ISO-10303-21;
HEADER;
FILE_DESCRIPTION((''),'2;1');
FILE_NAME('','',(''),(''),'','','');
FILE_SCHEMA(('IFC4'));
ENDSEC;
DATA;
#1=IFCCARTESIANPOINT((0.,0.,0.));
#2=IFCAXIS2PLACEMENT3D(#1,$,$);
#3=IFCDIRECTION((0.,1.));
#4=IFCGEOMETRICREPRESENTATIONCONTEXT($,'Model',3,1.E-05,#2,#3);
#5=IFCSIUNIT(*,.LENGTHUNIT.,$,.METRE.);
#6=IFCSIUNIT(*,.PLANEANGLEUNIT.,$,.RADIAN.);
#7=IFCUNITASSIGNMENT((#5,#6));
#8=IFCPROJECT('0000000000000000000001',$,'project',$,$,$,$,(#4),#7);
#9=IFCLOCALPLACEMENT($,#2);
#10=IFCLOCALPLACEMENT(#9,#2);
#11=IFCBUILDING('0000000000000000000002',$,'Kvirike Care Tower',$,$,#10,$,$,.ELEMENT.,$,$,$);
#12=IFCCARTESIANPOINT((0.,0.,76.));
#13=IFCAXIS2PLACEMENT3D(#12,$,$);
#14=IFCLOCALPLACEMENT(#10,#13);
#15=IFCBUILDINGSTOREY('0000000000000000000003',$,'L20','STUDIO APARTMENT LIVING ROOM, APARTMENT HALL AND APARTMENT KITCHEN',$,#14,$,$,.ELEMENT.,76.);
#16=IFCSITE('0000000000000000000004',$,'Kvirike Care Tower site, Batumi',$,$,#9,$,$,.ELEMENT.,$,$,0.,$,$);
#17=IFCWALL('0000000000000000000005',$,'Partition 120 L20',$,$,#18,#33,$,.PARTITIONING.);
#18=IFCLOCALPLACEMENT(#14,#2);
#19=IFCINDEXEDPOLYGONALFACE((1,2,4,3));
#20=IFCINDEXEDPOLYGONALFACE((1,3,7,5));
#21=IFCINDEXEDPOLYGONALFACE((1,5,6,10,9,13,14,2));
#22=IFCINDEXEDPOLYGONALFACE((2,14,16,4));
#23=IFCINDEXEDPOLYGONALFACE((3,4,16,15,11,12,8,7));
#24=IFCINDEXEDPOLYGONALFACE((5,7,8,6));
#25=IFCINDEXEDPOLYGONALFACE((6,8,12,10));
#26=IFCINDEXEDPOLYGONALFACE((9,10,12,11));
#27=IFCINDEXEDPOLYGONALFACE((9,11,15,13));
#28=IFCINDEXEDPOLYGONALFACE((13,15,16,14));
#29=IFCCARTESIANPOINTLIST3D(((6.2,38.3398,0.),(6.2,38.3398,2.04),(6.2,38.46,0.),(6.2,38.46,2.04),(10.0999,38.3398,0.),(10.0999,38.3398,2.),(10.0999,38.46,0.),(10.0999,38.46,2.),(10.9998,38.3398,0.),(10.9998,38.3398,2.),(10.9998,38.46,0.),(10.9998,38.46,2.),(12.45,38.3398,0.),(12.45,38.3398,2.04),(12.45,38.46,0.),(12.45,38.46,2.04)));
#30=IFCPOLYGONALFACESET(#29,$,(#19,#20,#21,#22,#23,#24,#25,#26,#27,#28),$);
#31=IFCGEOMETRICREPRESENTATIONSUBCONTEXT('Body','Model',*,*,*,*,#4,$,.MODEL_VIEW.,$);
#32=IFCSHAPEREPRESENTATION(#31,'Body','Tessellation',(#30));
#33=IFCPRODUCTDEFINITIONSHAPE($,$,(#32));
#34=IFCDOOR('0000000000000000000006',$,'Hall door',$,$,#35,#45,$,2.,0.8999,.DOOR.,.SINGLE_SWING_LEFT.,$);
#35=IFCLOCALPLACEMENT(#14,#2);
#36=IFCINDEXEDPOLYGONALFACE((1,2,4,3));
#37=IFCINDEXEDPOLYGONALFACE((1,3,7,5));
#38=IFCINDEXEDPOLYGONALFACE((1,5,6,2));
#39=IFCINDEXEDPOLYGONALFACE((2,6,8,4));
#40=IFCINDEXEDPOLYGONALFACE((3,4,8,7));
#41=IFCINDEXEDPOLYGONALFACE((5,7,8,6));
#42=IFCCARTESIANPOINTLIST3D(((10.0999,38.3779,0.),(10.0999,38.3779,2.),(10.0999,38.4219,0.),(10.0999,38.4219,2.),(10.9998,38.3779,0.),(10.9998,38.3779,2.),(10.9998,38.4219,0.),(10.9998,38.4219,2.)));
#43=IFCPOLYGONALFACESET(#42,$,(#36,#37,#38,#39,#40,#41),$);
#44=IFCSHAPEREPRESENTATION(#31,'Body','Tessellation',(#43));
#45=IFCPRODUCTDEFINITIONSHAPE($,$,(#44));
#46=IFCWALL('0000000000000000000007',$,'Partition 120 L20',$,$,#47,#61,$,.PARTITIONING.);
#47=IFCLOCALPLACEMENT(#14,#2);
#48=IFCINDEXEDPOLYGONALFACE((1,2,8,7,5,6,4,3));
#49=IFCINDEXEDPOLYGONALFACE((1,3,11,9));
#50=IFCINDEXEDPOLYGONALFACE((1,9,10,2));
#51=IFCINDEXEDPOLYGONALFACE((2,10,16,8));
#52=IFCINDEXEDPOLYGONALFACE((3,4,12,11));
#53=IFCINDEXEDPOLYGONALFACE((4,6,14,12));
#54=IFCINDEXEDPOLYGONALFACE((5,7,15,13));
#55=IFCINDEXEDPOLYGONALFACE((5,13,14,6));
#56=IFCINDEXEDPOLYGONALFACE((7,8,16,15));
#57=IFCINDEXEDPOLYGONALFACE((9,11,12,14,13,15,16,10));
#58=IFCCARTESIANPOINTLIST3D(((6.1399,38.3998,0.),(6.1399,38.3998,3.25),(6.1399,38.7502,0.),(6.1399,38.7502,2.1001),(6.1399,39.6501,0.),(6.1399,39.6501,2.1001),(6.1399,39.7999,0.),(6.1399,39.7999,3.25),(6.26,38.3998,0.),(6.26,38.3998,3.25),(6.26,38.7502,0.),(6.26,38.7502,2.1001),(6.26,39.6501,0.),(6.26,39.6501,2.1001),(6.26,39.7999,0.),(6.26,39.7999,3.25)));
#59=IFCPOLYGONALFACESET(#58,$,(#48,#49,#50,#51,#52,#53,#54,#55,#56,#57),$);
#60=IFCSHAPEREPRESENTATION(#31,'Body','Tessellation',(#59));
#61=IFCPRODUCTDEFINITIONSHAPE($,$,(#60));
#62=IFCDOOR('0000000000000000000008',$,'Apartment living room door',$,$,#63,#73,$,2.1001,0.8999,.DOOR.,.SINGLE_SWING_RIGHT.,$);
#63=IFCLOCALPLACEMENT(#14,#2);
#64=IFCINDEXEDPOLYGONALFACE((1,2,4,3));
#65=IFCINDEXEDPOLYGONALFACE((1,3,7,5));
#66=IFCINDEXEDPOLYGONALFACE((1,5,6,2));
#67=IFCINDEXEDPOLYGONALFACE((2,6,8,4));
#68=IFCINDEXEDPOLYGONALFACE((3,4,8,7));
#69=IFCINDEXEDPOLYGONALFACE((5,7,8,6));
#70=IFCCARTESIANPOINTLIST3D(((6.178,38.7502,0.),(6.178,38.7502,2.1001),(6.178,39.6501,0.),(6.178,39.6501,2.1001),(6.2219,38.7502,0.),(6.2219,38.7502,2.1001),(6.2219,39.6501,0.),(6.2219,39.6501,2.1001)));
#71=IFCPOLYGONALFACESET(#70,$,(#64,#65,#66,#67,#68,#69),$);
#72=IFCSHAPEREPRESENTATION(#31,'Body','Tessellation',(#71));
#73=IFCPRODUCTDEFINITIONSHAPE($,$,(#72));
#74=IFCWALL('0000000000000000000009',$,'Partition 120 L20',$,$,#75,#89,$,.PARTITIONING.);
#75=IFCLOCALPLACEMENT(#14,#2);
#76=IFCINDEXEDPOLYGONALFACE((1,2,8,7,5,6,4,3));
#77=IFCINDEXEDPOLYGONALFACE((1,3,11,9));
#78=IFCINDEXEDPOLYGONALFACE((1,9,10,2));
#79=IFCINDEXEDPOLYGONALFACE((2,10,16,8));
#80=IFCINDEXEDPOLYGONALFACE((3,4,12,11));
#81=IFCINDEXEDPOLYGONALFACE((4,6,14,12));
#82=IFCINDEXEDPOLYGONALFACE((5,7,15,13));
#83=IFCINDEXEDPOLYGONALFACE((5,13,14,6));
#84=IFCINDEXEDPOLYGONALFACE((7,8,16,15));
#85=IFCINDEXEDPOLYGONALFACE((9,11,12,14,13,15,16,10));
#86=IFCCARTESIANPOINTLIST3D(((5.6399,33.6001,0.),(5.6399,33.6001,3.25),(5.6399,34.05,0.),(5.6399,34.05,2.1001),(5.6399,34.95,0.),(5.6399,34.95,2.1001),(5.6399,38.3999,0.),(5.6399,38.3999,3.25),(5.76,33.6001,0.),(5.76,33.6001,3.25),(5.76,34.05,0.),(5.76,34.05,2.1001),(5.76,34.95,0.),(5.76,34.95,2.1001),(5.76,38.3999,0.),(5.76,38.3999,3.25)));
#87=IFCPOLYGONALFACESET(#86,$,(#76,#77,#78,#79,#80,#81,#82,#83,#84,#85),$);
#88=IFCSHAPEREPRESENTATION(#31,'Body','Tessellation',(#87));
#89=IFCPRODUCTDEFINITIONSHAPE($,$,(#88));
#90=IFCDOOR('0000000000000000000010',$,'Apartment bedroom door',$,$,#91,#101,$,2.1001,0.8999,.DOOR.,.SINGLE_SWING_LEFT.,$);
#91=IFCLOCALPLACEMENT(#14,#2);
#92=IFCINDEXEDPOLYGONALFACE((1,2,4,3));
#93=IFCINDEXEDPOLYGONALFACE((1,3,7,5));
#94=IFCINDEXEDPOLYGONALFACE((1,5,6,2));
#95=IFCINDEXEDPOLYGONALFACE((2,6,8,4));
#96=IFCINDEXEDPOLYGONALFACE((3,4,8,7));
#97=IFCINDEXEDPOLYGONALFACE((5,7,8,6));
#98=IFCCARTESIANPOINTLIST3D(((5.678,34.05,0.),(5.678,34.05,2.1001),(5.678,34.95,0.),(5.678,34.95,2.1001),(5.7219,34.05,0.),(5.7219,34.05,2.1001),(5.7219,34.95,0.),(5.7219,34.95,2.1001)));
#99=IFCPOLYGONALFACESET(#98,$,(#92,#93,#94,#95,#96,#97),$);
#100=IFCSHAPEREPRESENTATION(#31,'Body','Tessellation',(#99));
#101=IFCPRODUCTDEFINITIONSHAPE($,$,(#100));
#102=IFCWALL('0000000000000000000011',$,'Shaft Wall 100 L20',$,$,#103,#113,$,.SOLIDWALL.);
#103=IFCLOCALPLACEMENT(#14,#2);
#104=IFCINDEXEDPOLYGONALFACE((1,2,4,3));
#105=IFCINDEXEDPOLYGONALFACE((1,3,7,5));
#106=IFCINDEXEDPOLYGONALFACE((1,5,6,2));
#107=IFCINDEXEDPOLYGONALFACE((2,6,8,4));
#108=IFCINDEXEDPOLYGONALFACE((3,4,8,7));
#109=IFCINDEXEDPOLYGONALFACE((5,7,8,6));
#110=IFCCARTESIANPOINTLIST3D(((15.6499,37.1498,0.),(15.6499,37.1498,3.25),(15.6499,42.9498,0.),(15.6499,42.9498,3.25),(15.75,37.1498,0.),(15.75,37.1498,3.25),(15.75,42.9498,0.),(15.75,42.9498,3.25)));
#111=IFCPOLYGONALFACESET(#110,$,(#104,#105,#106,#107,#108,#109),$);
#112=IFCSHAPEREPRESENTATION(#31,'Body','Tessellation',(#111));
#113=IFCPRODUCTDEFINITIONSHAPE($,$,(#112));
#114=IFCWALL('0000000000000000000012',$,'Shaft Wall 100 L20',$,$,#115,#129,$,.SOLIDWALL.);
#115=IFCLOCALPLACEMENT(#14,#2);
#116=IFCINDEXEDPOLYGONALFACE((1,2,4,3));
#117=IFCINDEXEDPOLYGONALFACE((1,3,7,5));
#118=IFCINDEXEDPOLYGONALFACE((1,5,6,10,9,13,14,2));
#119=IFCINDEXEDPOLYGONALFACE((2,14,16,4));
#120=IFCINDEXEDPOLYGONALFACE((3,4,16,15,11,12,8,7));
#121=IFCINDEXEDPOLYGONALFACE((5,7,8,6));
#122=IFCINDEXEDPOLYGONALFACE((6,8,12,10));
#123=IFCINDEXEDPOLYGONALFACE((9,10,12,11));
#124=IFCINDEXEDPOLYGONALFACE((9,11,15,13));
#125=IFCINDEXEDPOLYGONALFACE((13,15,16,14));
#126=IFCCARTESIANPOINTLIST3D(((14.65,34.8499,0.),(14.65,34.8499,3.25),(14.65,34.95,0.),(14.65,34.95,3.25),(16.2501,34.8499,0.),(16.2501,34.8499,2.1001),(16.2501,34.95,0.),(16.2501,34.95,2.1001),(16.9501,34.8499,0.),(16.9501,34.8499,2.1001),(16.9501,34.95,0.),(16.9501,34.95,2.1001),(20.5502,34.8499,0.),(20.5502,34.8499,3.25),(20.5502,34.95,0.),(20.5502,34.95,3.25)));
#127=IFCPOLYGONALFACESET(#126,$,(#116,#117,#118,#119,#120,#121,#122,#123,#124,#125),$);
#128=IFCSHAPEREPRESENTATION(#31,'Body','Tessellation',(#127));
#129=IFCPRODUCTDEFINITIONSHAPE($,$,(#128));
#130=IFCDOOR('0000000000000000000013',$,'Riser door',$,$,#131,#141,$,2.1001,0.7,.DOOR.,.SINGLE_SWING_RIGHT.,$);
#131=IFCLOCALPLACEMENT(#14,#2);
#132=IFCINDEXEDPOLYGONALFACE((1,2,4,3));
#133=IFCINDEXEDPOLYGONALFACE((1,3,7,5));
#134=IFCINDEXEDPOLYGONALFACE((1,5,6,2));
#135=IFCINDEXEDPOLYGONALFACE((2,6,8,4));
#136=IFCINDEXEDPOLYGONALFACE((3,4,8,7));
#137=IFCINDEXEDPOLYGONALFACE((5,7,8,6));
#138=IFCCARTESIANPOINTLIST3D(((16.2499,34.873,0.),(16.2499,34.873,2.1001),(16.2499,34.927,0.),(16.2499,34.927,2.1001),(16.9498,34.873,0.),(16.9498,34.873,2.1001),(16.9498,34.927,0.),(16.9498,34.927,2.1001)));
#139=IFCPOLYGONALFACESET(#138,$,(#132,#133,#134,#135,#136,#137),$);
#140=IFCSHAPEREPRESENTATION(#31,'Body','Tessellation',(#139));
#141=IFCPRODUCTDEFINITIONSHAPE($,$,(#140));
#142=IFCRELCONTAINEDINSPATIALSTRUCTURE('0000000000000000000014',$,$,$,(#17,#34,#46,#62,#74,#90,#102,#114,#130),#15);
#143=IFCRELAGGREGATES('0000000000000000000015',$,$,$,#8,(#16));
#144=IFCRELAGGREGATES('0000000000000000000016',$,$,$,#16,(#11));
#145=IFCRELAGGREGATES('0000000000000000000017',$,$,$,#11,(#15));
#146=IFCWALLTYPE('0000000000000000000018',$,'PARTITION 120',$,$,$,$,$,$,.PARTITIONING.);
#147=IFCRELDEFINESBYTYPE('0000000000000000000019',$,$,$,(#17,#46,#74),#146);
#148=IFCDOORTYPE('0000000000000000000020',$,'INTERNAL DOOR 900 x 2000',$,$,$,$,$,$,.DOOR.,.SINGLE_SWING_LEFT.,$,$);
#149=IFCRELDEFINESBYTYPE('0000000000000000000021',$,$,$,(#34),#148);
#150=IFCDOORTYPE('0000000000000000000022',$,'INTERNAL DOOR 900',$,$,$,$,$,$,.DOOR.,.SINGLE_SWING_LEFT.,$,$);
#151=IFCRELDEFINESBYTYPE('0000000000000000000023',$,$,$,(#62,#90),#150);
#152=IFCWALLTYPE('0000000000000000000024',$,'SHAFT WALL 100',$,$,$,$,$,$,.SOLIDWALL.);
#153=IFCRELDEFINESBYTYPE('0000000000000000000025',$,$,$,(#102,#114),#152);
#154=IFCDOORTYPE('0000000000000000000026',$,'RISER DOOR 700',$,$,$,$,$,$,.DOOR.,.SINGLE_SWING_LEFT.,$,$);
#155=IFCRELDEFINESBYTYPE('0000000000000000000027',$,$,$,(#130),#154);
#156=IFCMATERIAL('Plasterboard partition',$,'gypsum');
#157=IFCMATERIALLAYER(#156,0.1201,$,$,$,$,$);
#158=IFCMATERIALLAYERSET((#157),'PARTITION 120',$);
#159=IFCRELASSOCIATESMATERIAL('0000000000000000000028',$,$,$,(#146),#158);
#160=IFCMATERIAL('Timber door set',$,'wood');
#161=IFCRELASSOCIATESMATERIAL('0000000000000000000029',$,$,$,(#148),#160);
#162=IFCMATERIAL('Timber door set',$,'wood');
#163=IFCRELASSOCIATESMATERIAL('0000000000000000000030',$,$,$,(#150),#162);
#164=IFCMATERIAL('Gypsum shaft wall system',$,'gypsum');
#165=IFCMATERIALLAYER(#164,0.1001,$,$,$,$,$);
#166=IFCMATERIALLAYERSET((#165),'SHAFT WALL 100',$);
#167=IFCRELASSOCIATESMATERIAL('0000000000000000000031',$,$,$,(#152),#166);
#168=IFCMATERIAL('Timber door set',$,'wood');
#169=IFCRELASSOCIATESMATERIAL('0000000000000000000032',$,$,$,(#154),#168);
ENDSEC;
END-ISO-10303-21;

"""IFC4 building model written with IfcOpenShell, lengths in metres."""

from ifc_helpers import new_model, si_unit, direction, frame, frame_2d, origin, place, context, subcontext, project, spatial, rectangle, extrude, material, layer, layer_set, type_object, element, fill, save


model = new_model("IFC4")

# Units and contexts
model_context = context("Model", 3, precision=1e-05, world=origin(), true_north=direction((0.0, 1.0)))
body_context = subcontext(model_context, "Body", "Model", "MODEL_VIEW")
ifc_project = project(units=[si_unit("LENGTHUNIT", "METRE"), si_unit("PLANEANGLEUNIT", "RADIAN")], contexts=[model_context])

# Site, building, storey
site_placement = place(None, origin())
site = spatial("IfcSite", under=ifc_project, at=site_placement, Name="Kvirike Care Tower site, Batumi", CompositionType="ELEMENT", RefElevation=0.0)
building_placement = place(site_placement, origin())
building = spatial("IfcBuilding", under=site, at=building_placement, Name="Kvirike Care Tower", CompositionType="ELEMENT")
storey_placement = place(building_placement, frame((0.0, 0.0, 76.0)))
storey = spatial("IfcBuildingStorey", under=building, at=storey_placement, Name="L20", Description="STUDIO APARTMENT LIVING ROOM, APARTMENT HALL AND APARTMENT KITCHEN", CompositionType="ELEMENT", Elevation=76.0)

# Walls, openings, doors
ifc_material_1 = material(Name="Plasterboard partition", Category="gypsum")
ifc_layer_1 = layer(ifc_material_1, 0.1201)
ifc_layer_set_1 = layer_set([ifc_layer_1], Name="PARTITION 120")
wall_type_1 = type_object("IfcWallType", Name="PARTITION 120", PredefinedType="PARTITIONING", material=ifc_layer_set_1)
wall_1_placement = place(storey_placement, frame((6.2, 38.3999, 0.0), z_axis=(0.0, 0.0, 1.0), x_axis=(1.0, 0.0, 0.0)))
wall_1 = element("IfcWall", 1, at=wall_1_placement, inside=storey, type_object=wall_type_1, Name="Partition 120 L20", PredefinedType="PARTITIONING", context=body_context, shape_type="SweptSolid", body=[
    extrude(rectangle(XDim=6.25, YDim=0.1201, at=frame_2d((3.125, 0.0))), origin(), (0.0, 0.0, 1.0), 2.04),
])
opening_1_placement = place(wall_1_placement, frame((3.8999, 0.0, 0.0)))
opening_1 = element("IfcOpeningElement", 2, at=opening_1_placement, cuts=wall_1, PredefinedType="OPENING", context=body_context, shape_type="SweptSolid", body=[
    extrude(rectangle(XDim=0.8999, YDim=2.0, at=frame_2d((0.45, 1.0))), frame((0.0, 0.0706, 0.0), z_axis=(0.0, -1.0, 0.0), x_axis=(1.0, 0.0, 0.0)), (0.0, 0.0, 1.0), 0.1411),
])
ifc_material_2 = material(Name="Timber door set", Category="wood")
door_type_1 = type_object("IfcDoorType", Name="INTERNAL DOOR 900 x 2000", OperationType="SINGLE_SWING_LEFT", PredefinedType="DOOR", material=ifc_material_2)
door_1_placement = place(opening_1_placement, origin())
door_1 = element("IfcDoor", 3, at=door_1_placement, inside=storey, type_object=door_type_1, Name="Hall door", OperationType="SINGLE_SWING_LEFT", OverallHeight=2.0, OverallWidth=0.8999, PredefinedType="DOOR", context=body_context, shape_type="SweptSolid", body=[
    extrude(rectangle(XDim=0.8999, YDim=2.0, at=frame_2d((0.45, 1.0))), frame((0.0, 0.022, 0.0), z_axis=(0.0, -1.0, 0.0), x_axis=(1.0, 0.0, 0.0)), (0.0, 0.0, 1.0), 0.0439),
])
fill(opening_1, door_1)
wall_2_placement = place(storey_placement, frame((6.2, 39.8, 0.0), z_axis=(0.0, 0.0, 1.0), x_axis=(0.0, -1.0, 0.0)))
wall_2 = element("IfcWall", 4, at=wall_2_placement, inside=storey, type_object=wall_type_1, Name="Partition 120 L20", PredefinedType="PARTITIONING", context=body_context, shape_type="SweptSolid", body=[
    extrude(rectangle(XDim=1.4001, YDim=0.1201, at=frame_2d((0.7002, 0.0))), origin(), (0.0, 0.0, 1.0), 3.25),
])
opening_2_placement = place(wall_2_placement, frame((0.1499, 0.0, 0.0)))
opening_2 = element("IfcOpeningElement", 5, at=opening_2_placement, cuts=wall_2, PredefinedType="OPENING", context=body_context, shape_type="SweptSolid", body=[
    extrude(rectangle(XDim=0.8999, YDim=2.1001, at=frame_2d((0.45, 1.05))), frame((0.0, 0.0706, 0.0), z_axis=(0.0, -1.0, 0.0), x_axis=(1.0, 0.0, 0.0)), (0.0, 0.0, 1.0), 0.1411),
])
ifc_material_3 = material(Name="Timber door set", Category="wood")
door_type_2 = type_object("IfcDoorType", Name="INTERNAL DOOR 900", OperationType="SINGLE_SWING_LEFT", PredefinedType="DOOR", material=ifc_material_3)
door_2_placement = place(opening_2_placement, origin())
door_2 = element("IfcDoor", 6, at=door_2_placement, inside=storey, type_object=door_type_2, Name="Apartment living room door", OperationType="SINGLE_SWING_RIGHT", OverallHeight=2.1001, OverallWidth=0.8999, PredefinedType="DOOR", context=body_context, shape_type="SweptSolid", body=[
    extrude(rectangle(XDim=0.8999, YDim=2.1001, at=frame_2d((0.45, 1.05))), frame((0.0, 0.022, 0.0), z_axis=(0.0, -1.0, 0.0), x_axis=(1.0, 0.0, 0.0)), (0.0, 0.0, 1.0), 0.0439),
])
fill(opening_2, door_2)
wall_3_placement = place(storey_placement, frame((5.7, 38.3999, 0.0), z_axis=(0.0, 0.0, 1.0), x_axis=(0.0, -1.0, 0.0)))
wall_3 = element("IfcWall", 7, at=wall_3_placement, inside=storey, type_object=wall_type_1, Name="Partition 120 L20", PredefinedType="PARTITIONING", context=body_context, shape_type="SweptSolid", body=[
    extrude(rectangle(XDim=4.7998, YDim=0.1201, at=frame_2d((2.3999, 0.0))), origin(), (0.0, 0.0, 1.0), 3.25),
])
opening_3_placement = place(wall_3_placement, frame((3.45, 0.0, 0.0)))
opening_3 = element("IfcOpeningElement", 8, at=opening_3_placement, cuts=wall_3, PredefinedType="OPENING", context=body_context, shape_type="SweptSolid", body=[
    extrude(rectangle(XDim=0.8999, YDim=2.1001, at=frame_2d((0.45, 1.05))), frame((0.0, 0.0706, 0.0), z_axis=(0.0, -1.0, 0.0), x_axis=(1.0, 0.0, 0.0)), (0.0, 0.0, 1.0), 0.1411),
])
door_3_placement = place(opening_3_placement, origin())
door_3 = element("IfcDoor", 9, at=door_3_placement, inside=storey, type_object=door_type_2, Name="Apartment bedroom door", OperationType="SINGLE_SWING_LEFT", OverallHeight=2.1001, OverallWidth=0.8999, PredefinedType="DOOR", context=body_context, shape_type="SweptSolid", body=[
    extrude(rectangle(XDim=0.8999, YDim=2.1001, at=frame_2d((0.45, 1.05))), frame((0.0, 0.022, 0.0), z_axis=(0.0, -1.0, 0.0), x_axis=(1.0, 0.0, 0.0)), (0.0, 0.0, 1.0), 0.0439),
])
fill(opening_3, door_3)

# Wall
ifc_material_4 = material(Name="Gypsum shaft wall system", Category="gypsum")
ifc_layer_2 = layer(ifc_material_4, 0.1001)
ifc_layer_set_2 = layer_set([ifc_layer_2], Name="SHAFT WALL 100")
wall_type_2 = type_object("IfcWallType", Name="SHAFT WALL 100", PredefinedType="SOLIDWALL", material=ifc_layer_set_2)
wall_4_placement = place(storey_placement, frame((15.7, 37.1499, 0.0), z_axis=(0.0, 0.0, 1.0), x_axis=(0.0, 1.0, 0.0)))
element("IfcWall", 10, at=wall_4_placement, inside=storey, type_object=wall_type_2, Name="Shaft Wall 100 L20", PredefinedType="SOLIDWALL", context=body_context, shape_type="SweptSolid", body=[
    extrude(rectangle(XDim=5.8, YDim=0.1001, at=frame_2d((2.8999, 0.0))), origin(), (0.0, 0.0, 1.0), 3.25),
])

# Wall, opening, door
wall_5_placement = place(storey_placement, frame((14.6499, 34.8999, 0.0), z_axis=(0.0, 0.0, 1.0), x_axis=(1.0, 0.0, 0.0)))
wall_5 = element("IfcWall", 11, at=wall_5_placement, inside=storey, type_object=wall_type_2, Name="Shaft Wall 100 L20", PredefinedType="SOLIDWALL", context=body_context, shape_type="SweptSolid", body=[
    extrude(rectangle(XDim=5.9001, YDim=0.1001, at=frame_2d((2.9502, 0.0))), origin(), (0.0, 0.0, 1.0), 3.25),
])
opening_4_placement = place(wall_5_placement, frame((1.6001, 0.0, 0.0)))
opening_4 = element("IfcOpeningElement", 12, at=opening_4_placement, cuts=wall_5, PredefinedType="OPENING", context=body_context, shape_type="SweptSolid", body=[
    extrude(rectangle(XDim=0.7, YDim=2.1001, at=frame_2d((0.3501, 1.05))), frame((0.0, 0.0605, 0.0), z_axis=(0.0, -1.0, 0.0), x_axis=(1.0, 0.0, 0.0)), (0.0, 0.0, 1.0), 0.1211),
])
ifc_material_5 = material(Name="Timber door set", Category="wood")
door_type_3 = type_object("IfcDoorType", Name="RISER DOOR 700", OperationType="SINGLE_SWING_LEFT", PredefinedType="DOOR", material=ifc_material_5)
door_4_placement = place(opening_4_placement, frame((0.7, 0.0, 0.0), z_axis=(0.0, 0.0, 1.0), x_axis=(-1.0, 0.0, 0.0)))
door_4 = element("IfcDoor", 13, at=door_4_placement, inside=storey, type_object=door_type_3, Name="Riser door", OperationType="SINGLE_SWING_RIGHT", OverallHeight=2.1001, OverallWidth=0.7, PredefinedType="DOOR", context=body_context, shape_type="SweptSolid", body=[
    extrude(rectangle(XDim=0.7, YDim=2.1001, at=frame_2d((0.3501, 1.05))), frame((0.0, 0.0269, 0.0), z_axis=(0.0, -1.0, 0.0), x_axis=(1.0, 0.0, 0.0)), (0.0, 0.0, 1.0), 0.054),
])
fill(opening_4, door_4)

save(model, "model.ifc")
